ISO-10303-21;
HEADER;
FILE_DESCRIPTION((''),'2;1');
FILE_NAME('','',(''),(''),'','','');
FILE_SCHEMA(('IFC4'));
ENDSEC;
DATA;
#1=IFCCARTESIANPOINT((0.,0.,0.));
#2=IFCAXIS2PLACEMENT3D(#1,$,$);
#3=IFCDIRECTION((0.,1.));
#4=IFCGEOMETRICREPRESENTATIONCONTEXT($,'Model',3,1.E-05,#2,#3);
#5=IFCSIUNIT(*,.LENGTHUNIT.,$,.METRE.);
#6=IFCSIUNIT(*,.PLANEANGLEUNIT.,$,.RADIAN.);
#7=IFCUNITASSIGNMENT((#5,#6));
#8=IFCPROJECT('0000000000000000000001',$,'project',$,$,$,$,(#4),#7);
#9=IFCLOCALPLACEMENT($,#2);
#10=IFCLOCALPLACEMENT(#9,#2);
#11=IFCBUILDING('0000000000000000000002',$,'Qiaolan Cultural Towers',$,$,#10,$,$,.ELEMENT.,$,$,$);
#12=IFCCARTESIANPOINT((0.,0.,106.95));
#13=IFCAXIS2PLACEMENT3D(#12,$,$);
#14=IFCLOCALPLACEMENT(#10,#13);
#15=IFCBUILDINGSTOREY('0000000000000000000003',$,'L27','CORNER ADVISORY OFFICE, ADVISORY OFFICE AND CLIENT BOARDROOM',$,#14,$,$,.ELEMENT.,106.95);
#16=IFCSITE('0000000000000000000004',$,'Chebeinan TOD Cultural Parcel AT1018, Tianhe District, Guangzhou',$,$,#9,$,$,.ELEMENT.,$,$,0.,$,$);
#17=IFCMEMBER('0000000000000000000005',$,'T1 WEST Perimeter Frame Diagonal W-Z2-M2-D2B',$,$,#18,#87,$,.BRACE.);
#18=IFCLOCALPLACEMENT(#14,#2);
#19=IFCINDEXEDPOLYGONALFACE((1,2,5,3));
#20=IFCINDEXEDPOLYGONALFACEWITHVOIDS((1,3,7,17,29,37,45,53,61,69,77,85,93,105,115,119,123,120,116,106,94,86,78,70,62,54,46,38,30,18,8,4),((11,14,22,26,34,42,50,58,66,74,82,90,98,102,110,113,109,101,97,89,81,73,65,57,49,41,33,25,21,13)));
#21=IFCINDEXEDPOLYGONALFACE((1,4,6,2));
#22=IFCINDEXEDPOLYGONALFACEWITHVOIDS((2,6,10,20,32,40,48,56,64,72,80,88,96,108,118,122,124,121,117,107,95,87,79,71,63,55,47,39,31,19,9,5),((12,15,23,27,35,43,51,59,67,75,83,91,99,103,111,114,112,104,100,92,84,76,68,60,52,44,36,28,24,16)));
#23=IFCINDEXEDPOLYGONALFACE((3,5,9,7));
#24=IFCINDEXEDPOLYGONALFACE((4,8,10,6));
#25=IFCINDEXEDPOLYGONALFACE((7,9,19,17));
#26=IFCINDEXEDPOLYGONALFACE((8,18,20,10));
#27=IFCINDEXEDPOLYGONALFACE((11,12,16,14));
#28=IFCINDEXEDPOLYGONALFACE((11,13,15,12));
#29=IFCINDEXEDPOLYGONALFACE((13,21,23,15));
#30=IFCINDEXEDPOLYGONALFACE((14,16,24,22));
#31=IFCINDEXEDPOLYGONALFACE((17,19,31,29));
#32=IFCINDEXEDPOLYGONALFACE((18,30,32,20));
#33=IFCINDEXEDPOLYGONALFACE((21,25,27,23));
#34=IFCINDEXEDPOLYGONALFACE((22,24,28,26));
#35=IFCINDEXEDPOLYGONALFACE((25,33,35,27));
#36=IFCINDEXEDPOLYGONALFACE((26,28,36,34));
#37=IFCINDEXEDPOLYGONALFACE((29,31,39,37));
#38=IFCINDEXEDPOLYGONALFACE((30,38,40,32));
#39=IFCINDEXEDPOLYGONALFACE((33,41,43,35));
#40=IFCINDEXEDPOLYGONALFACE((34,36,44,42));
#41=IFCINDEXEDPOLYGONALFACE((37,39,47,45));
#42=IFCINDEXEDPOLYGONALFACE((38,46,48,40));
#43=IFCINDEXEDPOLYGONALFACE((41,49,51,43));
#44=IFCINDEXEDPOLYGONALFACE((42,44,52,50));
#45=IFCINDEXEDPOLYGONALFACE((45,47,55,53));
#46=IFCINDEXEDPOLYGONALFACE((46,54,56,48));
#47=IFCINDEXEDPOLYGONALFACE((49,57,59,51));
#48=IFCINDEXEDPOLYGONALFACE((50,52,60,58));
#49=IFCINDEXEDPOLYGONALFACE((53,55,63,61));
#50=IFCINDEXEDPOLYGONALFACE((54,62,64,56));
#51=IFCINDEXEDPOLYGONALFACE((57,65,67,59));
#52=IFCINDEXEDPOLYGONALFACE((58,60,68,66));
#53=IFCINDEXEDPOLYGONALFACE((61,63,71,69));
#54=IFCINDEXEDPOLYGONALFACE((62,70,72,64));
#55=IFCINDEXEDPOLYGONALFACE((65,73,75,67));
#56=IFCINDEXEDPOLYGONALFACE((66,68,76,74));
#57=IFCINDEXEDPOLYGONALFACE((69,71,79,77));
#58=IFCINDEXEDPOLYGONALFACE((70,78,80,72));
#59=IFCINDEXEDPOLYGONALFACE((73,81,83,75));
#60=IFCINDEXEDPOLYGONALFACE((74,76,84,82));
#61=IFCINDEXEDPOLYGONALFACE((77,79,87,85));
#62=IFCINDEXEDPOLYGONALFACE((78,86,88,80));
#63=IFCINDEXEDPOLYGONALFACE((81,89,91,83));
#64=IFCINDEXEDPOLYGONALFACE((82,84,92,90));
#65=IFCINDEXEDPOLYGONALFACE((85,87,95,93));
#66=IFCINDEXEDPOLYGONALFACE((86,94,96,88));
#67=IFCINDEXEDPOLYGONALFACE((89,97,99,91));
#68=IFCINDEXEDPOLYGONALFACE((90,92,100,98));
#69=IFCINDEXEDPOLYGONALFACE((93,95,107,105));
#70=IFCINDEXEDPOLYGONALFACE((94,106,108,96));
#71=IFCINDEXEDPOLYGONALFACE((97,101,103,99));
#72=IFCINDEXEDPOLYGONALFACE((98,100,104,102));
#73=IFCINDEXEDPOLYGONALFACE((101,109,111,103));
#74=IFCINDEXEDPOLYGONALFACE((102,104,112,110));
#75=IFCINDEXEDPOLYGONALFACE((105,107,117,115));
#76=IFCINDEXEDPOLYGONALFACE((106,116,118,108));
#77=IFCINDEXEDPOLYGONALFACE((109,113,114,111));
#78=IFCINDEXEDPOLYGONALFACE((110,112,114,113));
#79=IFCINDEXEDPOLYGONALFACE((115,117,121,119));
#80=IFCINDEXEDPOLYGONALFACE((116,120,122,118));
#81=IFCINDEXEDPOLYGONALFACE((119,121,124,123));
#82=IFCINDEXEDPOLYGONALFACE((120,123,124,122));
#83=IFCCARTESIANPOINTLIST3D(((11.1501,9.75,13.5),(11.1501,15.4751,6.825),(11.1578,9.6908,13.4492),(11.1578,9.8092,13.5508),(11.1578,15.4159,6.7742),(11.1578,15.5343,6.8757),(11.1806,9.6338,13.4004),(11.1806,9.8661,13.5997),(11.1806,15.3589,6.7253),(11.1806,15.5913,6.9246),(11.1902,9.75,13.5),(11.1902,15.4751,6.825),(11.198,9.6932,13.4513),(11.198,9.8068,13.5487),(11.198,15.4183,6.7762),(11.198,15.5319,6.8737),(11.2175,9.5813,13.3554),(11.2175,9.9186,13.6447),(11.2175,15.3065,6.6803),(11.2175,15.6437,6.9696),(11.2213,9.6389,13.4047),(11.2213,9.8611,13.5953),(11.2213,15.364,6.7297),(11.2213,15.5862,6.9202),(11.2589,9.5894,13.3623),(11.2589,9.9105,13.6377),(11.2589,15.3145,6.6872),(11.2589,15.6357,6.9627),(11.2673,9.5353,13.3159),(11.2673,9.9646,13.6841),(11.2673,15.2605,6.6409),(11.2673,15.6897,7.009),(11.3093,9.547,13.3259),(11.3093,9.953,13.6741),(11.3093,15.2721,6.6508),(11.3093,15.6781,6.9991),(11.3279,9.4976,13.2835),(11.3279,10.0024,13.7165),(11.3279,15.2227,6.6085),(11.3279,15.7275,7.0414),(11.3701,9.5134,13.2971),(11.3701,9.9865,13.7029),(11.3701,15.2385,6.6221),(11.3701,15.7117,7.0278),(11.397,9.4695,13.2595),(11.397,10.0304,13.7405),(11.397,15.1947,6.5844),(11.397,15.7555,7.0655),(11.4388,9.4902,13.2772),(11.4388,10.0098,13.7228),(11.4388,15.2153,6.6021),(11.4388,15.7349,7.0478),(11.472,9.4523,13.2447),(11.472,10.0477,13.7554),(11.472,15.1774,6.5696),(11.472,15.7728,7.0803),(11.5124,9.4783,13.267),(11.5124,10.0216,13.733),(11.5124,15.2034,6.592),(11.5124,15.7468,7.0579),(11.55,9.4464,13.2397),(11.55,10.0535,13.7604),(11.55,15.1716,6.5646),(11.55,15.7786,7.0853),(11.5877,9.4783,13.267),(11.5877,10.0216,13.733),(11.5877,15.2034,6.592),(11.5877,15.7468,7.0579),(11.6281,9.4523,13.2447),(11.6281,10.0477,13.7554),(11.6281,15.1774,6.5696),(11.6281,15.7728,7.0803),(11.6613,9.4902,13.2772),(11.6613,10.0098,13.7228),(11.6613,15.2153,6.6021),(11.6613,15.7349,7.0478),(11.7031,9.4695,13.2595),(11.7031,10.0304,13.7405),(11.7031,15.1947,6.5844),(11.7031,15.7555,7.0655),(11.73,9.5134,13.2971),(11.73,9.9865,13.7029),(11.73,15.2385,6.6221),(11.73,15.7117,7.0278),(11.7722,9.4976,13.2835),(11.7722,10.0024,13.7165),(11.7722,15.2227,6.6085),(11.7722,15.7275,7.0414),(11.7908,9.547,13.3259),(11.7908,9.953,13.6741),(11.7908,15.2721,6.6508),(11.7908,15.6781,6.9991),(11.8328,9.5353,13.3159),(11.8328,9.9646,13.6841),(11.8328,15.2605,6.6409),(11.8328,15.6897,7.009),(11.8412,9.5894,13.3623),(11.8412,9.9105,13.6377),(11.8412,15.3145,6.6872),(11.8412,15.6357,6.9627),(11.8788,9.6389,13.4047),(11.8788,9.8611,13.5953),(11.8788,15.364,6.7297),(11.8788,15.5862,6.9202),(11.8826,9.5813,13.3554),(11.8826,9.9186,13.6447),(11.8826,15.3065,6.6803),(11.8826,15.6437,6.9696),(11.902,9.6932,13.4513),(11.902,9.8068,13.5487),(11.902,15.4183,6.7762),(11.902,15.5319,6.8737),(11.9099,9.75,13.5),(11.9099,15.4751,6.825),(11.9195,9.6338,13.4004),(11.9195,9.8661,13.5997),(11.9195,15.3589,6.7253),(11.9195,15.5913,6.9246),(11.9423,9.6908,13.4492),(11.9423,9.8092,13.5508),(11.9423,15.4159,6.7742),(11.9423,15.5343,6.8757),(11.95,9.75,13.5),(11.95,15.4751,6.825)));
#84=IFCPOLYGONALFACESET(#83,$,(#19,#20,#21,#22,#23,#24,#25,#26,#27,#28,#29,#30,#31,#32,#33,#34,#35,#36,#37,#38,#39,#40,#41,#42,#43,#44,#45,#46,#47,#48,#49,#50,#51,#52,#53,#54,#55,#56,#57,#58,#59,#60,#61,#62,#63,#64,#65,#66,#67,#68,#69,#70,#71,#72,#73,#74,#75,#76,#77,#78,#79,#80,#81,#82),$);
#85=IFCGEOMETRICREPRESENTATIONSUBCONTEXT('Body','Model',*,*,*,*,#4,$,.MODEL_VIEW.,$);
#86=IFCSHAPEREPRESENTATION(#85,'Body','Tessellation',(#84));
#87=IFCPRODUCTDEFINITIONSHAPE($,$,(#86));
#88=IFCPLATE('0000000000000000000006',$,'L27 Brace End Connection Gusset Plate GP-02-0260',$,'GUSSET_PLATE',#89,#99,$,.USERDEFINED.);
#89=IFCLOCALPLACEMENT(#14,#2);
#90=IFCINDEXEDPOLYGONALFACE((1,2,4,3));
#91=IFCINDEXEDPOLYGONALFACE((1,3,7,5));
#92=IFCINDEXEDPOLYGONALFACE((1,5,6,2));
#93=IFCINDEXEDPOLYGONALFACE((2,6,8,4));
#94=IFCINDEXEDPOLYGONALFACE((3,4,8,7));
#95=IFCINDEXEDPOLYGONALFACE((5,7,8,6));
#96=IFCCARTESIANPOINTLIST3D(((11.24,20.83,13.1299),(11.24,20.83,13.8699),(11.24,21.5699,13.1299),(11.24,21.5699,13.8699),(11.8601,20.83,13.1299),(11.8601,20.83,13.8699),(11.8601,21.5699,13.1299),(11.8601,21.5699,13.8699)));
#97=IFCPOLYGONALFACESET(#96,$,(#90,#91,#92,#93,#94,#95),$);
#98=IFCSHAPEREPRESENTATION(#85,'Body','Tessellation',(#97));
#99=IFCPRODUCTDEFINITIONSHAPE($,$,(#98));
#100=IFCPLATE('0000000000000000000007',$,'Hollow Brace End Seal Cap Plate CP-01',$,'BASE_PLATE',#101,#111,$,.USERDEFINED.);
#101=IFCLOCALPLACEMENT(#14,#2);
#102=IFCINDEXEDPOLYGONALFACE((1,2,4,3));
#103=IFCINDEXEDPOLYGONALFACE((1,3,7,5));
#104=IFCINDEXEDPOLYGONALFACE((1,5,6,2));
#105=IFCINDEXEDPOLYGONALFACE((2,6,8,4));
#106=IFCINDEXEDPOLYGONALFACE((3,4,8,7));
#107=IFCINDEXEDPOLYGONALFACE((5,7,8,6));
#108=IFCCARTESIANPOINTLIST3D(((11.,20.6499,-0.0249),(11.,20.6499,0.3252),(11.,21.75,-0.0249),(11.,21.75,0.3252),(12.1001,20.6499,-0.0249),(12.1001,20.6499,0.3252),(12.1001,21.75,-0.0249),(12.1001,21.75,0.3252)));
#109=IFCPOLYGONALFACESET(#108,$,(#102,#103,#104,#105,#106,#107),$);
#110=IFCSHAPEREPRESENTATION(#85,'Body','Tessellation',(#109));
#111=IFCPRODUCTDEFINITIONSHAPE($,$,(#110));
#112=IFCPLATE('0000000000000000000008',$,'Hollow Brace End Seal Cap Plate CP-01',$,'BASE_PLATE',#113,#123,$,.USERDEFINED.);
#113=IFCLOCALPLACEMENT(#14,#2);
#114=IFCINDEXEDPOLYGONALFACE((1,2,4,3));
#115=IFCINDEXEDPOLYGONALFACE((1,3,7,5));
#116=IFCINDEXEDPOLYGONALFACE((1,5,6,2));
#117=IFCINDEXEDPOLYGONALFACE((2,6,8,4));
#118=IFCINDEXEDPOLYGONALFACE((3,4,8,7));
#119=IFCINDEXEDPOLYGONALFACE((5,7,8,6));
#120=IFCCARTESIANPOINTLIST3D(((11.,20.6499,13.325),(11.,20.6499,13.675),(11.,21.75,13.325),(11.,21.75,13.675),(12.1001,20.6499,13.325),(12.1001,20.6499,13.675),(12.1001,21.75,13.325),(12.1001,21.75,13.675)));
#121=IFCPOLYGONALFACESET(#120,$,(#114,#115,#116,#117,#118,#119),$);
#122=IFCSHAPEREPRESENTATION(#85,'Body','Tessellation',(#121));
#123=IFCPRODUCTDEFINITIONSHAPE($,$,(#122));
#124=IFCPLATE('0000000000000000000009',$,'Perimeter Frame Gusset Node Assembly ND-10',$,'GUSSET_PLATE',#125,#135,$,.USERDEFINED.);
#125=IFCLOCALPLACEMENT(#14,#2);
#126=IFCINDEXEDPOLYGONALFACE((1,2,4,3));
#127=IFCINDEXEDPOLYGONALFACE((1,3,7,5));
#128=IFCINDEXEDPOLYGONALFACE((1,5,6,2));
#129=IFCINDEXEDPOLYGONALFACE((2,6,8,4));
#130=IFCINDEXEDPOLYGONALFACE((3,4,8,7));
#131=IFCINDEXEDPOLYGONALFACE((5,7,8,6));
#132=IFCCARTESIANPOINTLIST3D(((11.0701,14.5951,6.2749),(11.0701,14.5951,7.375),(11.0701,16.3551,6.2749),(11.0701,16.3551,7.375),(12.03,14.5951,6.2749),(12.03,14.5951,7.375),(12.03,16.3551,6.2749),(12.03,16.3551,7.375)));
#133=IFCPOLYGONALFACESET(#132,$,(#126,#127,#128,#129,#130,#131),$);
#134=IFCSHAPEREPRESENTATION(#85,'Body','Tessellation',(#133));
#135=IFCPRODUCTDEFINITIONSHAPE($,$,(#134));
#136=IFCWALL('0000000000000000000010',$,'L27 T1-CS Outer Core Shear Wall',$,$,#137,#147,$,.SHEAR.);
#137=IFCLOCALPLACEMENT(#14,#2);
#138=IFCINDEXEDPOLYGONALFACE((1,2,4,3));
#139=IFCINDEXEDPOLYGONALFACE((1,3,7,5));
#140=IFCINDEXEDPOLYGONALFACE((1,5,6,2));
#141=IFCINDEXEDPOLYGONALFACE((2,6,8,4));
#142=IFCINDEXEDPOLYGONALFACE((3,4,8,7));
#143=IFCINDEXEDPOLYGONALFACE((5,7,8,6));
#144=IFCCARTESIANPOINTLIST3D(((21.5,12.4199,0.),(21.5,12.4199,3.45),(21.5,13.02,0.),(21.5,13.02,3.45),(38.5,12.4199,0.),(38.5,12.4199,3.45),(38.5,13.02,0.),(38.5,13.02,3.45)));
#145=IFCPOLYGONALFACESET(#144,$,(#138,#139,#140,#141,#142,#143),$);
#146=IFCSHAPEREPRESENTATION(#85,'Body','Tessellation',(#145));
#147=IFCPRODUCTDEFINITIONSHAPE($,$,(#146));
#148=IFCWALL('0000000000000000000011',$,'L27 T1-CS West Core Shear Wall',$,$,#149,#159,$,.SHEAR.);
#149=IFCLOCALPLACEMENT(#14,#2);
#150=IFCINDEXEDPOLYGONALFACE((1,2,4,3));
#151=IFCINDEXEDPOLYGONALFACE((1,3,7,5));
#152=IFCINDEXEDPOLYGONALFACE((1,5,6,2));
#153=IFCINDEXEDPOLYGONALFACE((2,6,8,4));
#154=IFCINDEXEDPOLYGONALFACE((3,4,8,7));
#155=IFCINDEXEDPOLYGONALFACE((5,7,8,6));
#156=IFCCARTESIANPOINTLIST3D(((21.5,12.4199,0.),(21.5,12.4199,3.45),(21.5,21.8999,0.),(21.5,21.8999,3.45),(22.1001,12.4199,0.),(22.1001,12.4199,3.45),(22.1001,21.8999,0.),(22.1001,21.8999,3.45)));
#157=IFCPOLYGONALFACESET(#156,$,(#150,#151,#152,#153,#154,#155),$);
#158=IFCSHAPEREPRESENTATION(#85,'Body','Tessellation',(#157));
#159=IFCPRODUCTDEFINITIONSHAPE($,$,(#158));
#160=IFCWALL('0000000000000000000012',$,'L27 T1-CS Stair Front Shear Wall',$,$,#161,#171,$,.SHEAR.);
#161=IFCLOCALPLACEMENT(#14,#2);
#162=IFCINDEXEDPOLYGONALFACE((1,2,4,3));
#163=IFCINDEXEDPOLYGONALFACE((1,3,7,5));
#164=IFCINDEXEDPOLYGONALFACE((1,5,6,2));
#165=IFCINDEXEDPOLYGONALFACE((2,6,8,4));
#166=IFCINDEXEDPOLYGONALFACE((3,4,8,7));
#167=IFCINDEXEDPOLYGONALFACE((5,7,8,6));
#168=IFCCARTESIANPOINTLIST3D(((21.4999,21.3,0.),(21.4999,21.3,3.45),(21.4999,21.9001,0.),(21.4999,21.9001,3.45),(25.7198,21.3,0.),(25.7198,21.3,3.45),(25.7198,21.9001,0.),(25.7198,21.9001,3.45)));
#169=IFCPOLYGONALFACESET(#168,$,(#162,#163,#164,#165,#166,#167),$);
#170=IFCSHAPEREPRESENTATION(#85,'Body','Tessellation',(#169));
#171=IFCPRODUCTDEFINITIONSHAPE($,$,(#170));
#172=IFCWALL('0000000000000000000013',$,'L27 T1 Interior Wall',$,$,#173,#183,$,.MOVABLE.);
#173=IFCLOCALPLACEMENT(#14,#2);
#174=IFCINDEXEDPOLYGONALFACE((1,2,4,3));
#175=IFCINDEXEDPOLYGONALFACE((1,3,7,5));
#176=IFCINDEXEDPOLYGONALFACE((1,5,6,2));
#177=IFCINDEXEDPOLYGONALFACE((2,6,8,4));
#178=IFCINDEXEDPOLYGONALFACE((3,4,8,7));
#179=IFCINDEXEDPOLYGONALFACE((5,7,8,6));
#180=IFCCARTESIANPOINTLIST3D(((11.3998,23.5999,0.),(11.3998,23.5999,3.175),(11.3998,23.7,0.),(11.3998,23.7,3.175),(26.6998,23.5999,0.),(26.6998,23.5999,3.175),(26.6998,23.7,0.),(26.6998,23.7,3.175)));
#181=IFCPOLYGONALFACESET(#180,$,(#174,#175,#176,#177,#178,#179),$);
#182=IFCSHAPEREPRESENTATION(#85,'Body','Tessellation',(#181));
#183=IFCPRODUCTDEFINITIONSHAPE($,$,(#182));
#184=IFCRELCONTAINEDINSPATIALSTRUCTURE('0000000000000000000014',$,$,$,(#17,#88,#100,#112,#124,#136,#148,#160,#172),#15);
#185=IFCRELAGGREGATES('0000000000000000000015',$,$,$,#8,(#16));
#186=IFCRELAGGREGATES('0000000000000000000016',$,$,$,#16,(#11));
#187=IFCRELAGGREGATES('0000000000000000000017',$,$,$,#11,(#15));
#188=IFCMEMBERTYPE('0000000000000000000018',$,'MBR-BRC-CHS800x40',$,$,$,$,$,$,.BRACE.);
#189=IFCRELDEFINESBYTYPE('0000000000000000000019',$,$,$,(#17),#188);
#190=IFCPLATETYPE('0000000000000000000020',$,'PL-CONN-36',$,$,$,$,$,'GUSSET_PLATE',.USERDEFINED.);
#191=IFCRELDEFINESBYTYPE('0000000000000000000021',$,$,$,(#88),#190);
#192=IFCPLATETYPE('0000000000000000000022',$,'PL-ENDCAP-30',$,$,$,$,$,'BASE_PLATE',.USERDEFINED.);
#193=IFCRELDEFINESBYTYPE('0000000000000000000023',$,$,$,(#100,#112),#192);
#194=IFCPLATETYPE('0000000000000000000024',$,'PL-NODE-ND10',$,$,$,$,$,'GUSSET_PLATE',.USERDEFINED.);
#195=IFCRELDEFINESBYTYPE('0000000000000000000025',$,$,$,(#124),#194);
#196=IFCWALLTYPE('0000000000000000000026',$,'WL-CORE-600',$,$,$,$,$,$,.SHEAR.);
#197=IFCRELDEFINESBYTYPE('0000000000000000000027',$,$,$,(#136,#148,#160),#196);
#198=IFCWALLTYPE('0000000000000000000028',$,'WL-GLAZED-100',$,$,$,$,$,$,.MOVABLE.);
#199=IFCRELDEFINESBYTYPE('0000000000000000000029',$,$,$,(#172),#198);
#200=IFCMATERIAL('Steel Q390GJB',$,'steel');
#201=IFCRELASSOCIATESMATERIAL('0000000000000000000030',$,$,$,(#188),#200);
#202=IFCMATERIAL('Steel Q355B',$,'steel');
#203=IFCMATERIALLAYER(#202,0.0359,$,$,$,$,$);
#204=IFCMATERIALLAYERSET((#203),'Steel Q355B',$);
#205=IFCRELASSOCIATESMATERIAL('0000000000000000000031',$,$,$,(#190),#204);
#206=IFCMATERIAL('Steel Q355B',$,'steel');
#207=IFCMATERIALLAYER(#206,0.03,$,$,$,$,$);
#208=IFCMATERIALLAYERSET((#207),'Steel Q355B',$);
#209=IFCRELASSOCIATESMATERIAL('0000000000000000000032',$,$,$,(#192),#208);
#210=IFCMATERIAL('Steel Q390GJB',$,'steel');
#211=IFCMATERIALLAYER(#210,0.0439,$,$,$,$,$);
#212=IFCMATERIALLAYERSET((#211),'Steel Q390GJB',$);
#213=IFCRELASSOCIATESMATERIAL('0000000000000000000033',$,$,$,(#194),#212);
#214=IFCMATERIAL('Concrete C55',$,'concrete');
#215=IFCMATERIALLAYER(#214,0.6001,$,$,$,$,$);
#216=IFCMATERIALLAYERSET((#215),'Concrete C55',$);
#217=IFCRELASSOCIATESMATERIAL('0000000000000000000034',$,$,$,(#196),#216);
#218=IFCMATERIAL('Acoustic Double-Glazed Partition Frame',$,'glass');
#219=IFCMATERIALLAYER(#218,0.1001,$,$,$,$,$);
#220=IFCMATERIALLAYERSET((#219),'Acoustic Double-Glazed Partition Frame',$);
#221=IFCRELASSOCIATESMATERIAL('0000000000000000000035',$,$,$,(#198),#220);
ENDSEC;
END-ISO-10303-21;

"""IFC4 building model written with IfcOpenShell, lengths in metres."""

from ifc_helpers import new_model, si_unit, direction, frame, frame_2d, origin, origin_2d, place, context, subcontext, project, spatial, rectangle, hollow_circle, extrude, material, layer, layer_set, material_profile, profile_set, type_object, element, save


model = new_model("IFC4")

# Units and contexts
model_context = context("Model", 3, precision=1e-05, world=origin(), true_north=direction((0.0, 1.0)))
body_context = subcontext(model_context, "Body", "Model", "MODEL_VIEW")
ifc_project = project(units=[si_unit("LENGTHUNIT", "METRE"), si_unit("PLANEANGLEUNIT", "RADIAN")], contexts=[model_context])

# Site, building, storey
site_placement = place(None, origin())
site = spatial("IfcSite", under=ifc_project, at=site_placement, Name="Chebeinan TOD Cultural Parcel AT1018, Tianhe District, Guangzhou", CompositionType="ELEMENT", RefElevation=0.0)
building_placement = place(site_placement, origin())
building = spatial("IfcBuilding", under=site, at=building_placement, Name="Qiaolan Cultural Towers", CompositionType="ELEMENT")
storey_placement = place(building_placement, frame((0.0, 0.0, 106.95)))
storey = spatial("IfcBuildingStorey", under=building, at=storey_placement, Name="L27", Description="CORNER ADVISORY OFFICE, ADVISORY OFFICE AND CLIENT BOARDROOM", CompositionType="ELEMENT", Elevation=106.95)

# Member
ifc_material_1 = material(Name="Steel Q390GJB", Category="steel")
ifc_material_profile_1 = material_profile(ifc_material_1, hollow_circle(Radius=0.3999, WallThickness=0.04, at=origin_2d()), Name="CHS800x40")
ifc_profile_set_1 = profile_set([ifc_material_profile_1], Name="Steel Q390GJB")
member_type = type_object("IfcMemberType", Name="MBR-BRC-CHS800x40", PredefinedType="BRACE", material=ifc_profile_set_1)
member_1_placement = place(storey_placement, frame((11.55, 15.4751, 6.825), z_axis=(0.0, -0.651029, 0.759053), x_axis=(1.0, 0.0, 0.0)))
element("IfcMember", 1, at=member_1_placement, inside=storey, type_object=member_type, Name="T1 WEST Perimeter Frame Diagonal W-Z2-M2-D2B", PredefinedType="BRACE", context=body_context, shape_type="SweptSolid", body=[
    extrude(hollow_circle(Radius=0.3999, WallThickness=0.04, at=origin_2d()), origin(), (0.0, 0.0, 1.0), 8.7939),
])

# Plates
ifc_material_2 = material(Name="Steel Q355B", Category="steel")
ifc_layer_1 = layer(ifc_material_2, 0.0359)
ifc_layer_set_1 = layer_set([ifc_layer_1], Name="Steel Q355B")
plate_type_1 = type_object("IfcPlateType", Name="PL-CONN-36", ElementType="GUSSET_PLATE", PredefinedType="USERDEFINED", material=ifc_layer_set_1)
plate_1_placement = place(storey_placement, frame((11.55, 21.2, 13.1299), z_axis=(0.0, 0.0, 1.0), x_axis=(0.0, 1.0, 0.0)))
element("IfcPlate", 2, at=plate_1_placement, inside=storey, type_object=plate_type_1, Name="L27 Brace End Connection Gusset Plate GP-02-0260", ObjectType="GUSSET_PLATE", PredefinedType="USERDEFINED", context=body_context, shape_type="SweptSolid", body=[
    extrude(rectangle(XDim=0.74, YDim=0.6201, at=origin_2d()), origin(), (0.0, 0.0, 1.0), 0.74),
])
ifc_material_3 = material(Name="Steel Q355B", Category="steel")
ifc_layer_2 = layer(ifc_material_3, 0.03)
ifc_layer_set_2 = layer_set([ifc_layer_2], Name="Steel Q355B")
plate_type_2 = type_object("IfcPlateType", Name="PL-ENDCAP-30", ElementType="BASE_PLATE", PredefinedType="USERDEFINED", material=ifc_layer_set_2)
for number, where, z_axis, x_axis, name in (
    (3, (11.55, 21.2, -0.0249), (0.0, 0.0, 1.0), (0.0, 1.0, 0.0), "Hollow Brace End Seal Cap Plate CP-01"),
    (4, (11.55, 21.2, 13.325), (0.0, 0.0, 1.0), (0.0, 1.0, 0.0), "Hollow Brace End Seal Cap Plate CP-01"),
):
    element("IfcPlate", number, at=place(storey_placement, frame(where, z_axis=z_axis, x_axis=x_axis)), inside=storey, type_object=plate_type_2, Name=name, ObjectType="BASE_PLATE", PredefinedType="USERDEFINED", context=body_context, shape_type="SweptSolid", body=[
        extrude(rectangle(XDim=1.1001, YDim=1.1001, at=origin_2d()), origin(), (0.0, 0.0, 1.0), 0.3501),
    ])
ifc_material_4 = material(Name="Steel Q390GJB", Category="steel")
ifc_layer_3 = layer(ifc_material_4, 0.0439)
ifc_layer_set_3 = layer_set([ifc_layer_3], Name="Steel Q390GJB")
plate_type_3 = type_object("IfcPlateType", Name="PL-NODE-ND10", ElementType="GUSSET_PLATE", PredefinedType="USERDEFINED", material=ifc_layer_set_3)
plate_2_placement = place(storey_placement, frame((11.55, 15.4751, 6.2749), z_axis=(0.0, 0.0, 1.0), x_axis=(0.0, 1.0, 0.0)))
element("IfcPlate", 5, at=plate_2_placement, inside=storey, type_object=plate_type_3, Name="Perimeter Frame Gusset Node Assembly ND-10", ObjectType="GUSSET_PLATE", PredefinedType="USERDEFINED", context=body_context, shape_type="SweptSolid", body=[
    extrude(rectangle(XDim=1.76, YDim=0.96, at=origin_2d()), origin(), (0.0, 0.0, 1.0), 1.1001),
])

# Walls
ifc_material_5 = material(Name="Concrete C55", Category="concrete")
ifc_layer_4 = layer(ifc_material_5, 0.6001)
ifc_layer_set_4 = layer_set([ifc_layer_4], Name="Concrete C55")
wall_type_1 = type_object("IfcWallType", Name="WL-CORE-600", PredefinedType="SHEAR", material=ifc_layer_set_4)
wall_1_placement = place(storey_placement, frame((21.5, 12.72, 0.0), z_axis=(0.0, 0.0, 1.0), x_axis=(1.0, 0.0, 0.0)))
element("IfcWall", 6, at=wall_1_placement, inside=storey, type_object=wall_type_1, Name="L27 T1-CS Outer Core Shear Wall", PredefinedType="SHEAR", context=body_context, shape_type="SweptSolid", body=[
    extrude(rectangle(XDim=17.0, YDim=0.6001, at=frame_2d((8.5, 0.0))), origin(), (0.0, 0.0, 1.0), 3.45),
])
wall_2_placement = place(storey_placement, frame((21.8, 21.8999, 0.0), z_axis=(0.0, 0.0, 1.0), x_axis=(0.0, -1.0, 0.0)))
element("IfcWall", 7, at=wall_2_placement, inside=storey, type_object=wall_type_1, Name="L27 T1-CS West Core Shear Wall", PredefinedType="SHEAR", context=body_context, shape_type="SweptSolid", body=[
    extrude(rectangle(XDim=9.48, YDim=0.6001, at=frame_2d((4.74, 0.0))), origin(), (0.0, 0.0, 1.0), 3.45),
])
wall_3_placement = place(storey_placement, frame((21.5, 21.6001, 0.0), z_axis=(0.0, 0.0, 1.0), x_axis=(1.0, 0.0, 0.0)))
element("IfcWall", 8, at=wall_3_placement, inside=storey, type_object=wall_type_1, Name="L27 T1-CS Stair Front Shear Wall", PredefinedType="SHEAR", context=body_context, shape_type="SweptSolid", body=[
    extrude(rectangle(XDim=4.22, YDim=0.6001, at=frame_2d((2.1099, 0.0))), origin(), (0.0, 0.0, 1.0), 3.45),
])
ifc_material_6 = material(Name="Acoustic Double-Glazed Partition Frame", Category="glass")
ifc_layer_5 = layer(ifc_material_6, 0.1001)
ifc_layer_set_5 = layer_set([ifc_layer_5], Name="Acoustic Double-Glazed Partition Frame")
wall_type_2 = type_object("IfcWallType", Name="WL-GLAZED-100", PredefinedType="MOVABLE", material=ifc_layer_set_5)
wall_4_placement = place(storey_placement, frame((11.3999, 23.6499, 0.0), z_axis=(0.0, 0.0, 1.0), x_axis=(1.0, 0.0, 0.0)))
element("IfcWall", 9, at=wall_4_placement, inside=storey, type_object=wall_type_2, Name="L27 T1 Interior Wall", PredefinedType="MOVABLE", context=body_context, shape_type="SweptSolid", body=[
    extrude(rectangle(XDim=15.3, YDim=0.1001, at=frame_2d((7.6499, 0.0))), origin(), (0.0, 0.0, 1.0), 3.175),
])

save(model, "model.ifc")
